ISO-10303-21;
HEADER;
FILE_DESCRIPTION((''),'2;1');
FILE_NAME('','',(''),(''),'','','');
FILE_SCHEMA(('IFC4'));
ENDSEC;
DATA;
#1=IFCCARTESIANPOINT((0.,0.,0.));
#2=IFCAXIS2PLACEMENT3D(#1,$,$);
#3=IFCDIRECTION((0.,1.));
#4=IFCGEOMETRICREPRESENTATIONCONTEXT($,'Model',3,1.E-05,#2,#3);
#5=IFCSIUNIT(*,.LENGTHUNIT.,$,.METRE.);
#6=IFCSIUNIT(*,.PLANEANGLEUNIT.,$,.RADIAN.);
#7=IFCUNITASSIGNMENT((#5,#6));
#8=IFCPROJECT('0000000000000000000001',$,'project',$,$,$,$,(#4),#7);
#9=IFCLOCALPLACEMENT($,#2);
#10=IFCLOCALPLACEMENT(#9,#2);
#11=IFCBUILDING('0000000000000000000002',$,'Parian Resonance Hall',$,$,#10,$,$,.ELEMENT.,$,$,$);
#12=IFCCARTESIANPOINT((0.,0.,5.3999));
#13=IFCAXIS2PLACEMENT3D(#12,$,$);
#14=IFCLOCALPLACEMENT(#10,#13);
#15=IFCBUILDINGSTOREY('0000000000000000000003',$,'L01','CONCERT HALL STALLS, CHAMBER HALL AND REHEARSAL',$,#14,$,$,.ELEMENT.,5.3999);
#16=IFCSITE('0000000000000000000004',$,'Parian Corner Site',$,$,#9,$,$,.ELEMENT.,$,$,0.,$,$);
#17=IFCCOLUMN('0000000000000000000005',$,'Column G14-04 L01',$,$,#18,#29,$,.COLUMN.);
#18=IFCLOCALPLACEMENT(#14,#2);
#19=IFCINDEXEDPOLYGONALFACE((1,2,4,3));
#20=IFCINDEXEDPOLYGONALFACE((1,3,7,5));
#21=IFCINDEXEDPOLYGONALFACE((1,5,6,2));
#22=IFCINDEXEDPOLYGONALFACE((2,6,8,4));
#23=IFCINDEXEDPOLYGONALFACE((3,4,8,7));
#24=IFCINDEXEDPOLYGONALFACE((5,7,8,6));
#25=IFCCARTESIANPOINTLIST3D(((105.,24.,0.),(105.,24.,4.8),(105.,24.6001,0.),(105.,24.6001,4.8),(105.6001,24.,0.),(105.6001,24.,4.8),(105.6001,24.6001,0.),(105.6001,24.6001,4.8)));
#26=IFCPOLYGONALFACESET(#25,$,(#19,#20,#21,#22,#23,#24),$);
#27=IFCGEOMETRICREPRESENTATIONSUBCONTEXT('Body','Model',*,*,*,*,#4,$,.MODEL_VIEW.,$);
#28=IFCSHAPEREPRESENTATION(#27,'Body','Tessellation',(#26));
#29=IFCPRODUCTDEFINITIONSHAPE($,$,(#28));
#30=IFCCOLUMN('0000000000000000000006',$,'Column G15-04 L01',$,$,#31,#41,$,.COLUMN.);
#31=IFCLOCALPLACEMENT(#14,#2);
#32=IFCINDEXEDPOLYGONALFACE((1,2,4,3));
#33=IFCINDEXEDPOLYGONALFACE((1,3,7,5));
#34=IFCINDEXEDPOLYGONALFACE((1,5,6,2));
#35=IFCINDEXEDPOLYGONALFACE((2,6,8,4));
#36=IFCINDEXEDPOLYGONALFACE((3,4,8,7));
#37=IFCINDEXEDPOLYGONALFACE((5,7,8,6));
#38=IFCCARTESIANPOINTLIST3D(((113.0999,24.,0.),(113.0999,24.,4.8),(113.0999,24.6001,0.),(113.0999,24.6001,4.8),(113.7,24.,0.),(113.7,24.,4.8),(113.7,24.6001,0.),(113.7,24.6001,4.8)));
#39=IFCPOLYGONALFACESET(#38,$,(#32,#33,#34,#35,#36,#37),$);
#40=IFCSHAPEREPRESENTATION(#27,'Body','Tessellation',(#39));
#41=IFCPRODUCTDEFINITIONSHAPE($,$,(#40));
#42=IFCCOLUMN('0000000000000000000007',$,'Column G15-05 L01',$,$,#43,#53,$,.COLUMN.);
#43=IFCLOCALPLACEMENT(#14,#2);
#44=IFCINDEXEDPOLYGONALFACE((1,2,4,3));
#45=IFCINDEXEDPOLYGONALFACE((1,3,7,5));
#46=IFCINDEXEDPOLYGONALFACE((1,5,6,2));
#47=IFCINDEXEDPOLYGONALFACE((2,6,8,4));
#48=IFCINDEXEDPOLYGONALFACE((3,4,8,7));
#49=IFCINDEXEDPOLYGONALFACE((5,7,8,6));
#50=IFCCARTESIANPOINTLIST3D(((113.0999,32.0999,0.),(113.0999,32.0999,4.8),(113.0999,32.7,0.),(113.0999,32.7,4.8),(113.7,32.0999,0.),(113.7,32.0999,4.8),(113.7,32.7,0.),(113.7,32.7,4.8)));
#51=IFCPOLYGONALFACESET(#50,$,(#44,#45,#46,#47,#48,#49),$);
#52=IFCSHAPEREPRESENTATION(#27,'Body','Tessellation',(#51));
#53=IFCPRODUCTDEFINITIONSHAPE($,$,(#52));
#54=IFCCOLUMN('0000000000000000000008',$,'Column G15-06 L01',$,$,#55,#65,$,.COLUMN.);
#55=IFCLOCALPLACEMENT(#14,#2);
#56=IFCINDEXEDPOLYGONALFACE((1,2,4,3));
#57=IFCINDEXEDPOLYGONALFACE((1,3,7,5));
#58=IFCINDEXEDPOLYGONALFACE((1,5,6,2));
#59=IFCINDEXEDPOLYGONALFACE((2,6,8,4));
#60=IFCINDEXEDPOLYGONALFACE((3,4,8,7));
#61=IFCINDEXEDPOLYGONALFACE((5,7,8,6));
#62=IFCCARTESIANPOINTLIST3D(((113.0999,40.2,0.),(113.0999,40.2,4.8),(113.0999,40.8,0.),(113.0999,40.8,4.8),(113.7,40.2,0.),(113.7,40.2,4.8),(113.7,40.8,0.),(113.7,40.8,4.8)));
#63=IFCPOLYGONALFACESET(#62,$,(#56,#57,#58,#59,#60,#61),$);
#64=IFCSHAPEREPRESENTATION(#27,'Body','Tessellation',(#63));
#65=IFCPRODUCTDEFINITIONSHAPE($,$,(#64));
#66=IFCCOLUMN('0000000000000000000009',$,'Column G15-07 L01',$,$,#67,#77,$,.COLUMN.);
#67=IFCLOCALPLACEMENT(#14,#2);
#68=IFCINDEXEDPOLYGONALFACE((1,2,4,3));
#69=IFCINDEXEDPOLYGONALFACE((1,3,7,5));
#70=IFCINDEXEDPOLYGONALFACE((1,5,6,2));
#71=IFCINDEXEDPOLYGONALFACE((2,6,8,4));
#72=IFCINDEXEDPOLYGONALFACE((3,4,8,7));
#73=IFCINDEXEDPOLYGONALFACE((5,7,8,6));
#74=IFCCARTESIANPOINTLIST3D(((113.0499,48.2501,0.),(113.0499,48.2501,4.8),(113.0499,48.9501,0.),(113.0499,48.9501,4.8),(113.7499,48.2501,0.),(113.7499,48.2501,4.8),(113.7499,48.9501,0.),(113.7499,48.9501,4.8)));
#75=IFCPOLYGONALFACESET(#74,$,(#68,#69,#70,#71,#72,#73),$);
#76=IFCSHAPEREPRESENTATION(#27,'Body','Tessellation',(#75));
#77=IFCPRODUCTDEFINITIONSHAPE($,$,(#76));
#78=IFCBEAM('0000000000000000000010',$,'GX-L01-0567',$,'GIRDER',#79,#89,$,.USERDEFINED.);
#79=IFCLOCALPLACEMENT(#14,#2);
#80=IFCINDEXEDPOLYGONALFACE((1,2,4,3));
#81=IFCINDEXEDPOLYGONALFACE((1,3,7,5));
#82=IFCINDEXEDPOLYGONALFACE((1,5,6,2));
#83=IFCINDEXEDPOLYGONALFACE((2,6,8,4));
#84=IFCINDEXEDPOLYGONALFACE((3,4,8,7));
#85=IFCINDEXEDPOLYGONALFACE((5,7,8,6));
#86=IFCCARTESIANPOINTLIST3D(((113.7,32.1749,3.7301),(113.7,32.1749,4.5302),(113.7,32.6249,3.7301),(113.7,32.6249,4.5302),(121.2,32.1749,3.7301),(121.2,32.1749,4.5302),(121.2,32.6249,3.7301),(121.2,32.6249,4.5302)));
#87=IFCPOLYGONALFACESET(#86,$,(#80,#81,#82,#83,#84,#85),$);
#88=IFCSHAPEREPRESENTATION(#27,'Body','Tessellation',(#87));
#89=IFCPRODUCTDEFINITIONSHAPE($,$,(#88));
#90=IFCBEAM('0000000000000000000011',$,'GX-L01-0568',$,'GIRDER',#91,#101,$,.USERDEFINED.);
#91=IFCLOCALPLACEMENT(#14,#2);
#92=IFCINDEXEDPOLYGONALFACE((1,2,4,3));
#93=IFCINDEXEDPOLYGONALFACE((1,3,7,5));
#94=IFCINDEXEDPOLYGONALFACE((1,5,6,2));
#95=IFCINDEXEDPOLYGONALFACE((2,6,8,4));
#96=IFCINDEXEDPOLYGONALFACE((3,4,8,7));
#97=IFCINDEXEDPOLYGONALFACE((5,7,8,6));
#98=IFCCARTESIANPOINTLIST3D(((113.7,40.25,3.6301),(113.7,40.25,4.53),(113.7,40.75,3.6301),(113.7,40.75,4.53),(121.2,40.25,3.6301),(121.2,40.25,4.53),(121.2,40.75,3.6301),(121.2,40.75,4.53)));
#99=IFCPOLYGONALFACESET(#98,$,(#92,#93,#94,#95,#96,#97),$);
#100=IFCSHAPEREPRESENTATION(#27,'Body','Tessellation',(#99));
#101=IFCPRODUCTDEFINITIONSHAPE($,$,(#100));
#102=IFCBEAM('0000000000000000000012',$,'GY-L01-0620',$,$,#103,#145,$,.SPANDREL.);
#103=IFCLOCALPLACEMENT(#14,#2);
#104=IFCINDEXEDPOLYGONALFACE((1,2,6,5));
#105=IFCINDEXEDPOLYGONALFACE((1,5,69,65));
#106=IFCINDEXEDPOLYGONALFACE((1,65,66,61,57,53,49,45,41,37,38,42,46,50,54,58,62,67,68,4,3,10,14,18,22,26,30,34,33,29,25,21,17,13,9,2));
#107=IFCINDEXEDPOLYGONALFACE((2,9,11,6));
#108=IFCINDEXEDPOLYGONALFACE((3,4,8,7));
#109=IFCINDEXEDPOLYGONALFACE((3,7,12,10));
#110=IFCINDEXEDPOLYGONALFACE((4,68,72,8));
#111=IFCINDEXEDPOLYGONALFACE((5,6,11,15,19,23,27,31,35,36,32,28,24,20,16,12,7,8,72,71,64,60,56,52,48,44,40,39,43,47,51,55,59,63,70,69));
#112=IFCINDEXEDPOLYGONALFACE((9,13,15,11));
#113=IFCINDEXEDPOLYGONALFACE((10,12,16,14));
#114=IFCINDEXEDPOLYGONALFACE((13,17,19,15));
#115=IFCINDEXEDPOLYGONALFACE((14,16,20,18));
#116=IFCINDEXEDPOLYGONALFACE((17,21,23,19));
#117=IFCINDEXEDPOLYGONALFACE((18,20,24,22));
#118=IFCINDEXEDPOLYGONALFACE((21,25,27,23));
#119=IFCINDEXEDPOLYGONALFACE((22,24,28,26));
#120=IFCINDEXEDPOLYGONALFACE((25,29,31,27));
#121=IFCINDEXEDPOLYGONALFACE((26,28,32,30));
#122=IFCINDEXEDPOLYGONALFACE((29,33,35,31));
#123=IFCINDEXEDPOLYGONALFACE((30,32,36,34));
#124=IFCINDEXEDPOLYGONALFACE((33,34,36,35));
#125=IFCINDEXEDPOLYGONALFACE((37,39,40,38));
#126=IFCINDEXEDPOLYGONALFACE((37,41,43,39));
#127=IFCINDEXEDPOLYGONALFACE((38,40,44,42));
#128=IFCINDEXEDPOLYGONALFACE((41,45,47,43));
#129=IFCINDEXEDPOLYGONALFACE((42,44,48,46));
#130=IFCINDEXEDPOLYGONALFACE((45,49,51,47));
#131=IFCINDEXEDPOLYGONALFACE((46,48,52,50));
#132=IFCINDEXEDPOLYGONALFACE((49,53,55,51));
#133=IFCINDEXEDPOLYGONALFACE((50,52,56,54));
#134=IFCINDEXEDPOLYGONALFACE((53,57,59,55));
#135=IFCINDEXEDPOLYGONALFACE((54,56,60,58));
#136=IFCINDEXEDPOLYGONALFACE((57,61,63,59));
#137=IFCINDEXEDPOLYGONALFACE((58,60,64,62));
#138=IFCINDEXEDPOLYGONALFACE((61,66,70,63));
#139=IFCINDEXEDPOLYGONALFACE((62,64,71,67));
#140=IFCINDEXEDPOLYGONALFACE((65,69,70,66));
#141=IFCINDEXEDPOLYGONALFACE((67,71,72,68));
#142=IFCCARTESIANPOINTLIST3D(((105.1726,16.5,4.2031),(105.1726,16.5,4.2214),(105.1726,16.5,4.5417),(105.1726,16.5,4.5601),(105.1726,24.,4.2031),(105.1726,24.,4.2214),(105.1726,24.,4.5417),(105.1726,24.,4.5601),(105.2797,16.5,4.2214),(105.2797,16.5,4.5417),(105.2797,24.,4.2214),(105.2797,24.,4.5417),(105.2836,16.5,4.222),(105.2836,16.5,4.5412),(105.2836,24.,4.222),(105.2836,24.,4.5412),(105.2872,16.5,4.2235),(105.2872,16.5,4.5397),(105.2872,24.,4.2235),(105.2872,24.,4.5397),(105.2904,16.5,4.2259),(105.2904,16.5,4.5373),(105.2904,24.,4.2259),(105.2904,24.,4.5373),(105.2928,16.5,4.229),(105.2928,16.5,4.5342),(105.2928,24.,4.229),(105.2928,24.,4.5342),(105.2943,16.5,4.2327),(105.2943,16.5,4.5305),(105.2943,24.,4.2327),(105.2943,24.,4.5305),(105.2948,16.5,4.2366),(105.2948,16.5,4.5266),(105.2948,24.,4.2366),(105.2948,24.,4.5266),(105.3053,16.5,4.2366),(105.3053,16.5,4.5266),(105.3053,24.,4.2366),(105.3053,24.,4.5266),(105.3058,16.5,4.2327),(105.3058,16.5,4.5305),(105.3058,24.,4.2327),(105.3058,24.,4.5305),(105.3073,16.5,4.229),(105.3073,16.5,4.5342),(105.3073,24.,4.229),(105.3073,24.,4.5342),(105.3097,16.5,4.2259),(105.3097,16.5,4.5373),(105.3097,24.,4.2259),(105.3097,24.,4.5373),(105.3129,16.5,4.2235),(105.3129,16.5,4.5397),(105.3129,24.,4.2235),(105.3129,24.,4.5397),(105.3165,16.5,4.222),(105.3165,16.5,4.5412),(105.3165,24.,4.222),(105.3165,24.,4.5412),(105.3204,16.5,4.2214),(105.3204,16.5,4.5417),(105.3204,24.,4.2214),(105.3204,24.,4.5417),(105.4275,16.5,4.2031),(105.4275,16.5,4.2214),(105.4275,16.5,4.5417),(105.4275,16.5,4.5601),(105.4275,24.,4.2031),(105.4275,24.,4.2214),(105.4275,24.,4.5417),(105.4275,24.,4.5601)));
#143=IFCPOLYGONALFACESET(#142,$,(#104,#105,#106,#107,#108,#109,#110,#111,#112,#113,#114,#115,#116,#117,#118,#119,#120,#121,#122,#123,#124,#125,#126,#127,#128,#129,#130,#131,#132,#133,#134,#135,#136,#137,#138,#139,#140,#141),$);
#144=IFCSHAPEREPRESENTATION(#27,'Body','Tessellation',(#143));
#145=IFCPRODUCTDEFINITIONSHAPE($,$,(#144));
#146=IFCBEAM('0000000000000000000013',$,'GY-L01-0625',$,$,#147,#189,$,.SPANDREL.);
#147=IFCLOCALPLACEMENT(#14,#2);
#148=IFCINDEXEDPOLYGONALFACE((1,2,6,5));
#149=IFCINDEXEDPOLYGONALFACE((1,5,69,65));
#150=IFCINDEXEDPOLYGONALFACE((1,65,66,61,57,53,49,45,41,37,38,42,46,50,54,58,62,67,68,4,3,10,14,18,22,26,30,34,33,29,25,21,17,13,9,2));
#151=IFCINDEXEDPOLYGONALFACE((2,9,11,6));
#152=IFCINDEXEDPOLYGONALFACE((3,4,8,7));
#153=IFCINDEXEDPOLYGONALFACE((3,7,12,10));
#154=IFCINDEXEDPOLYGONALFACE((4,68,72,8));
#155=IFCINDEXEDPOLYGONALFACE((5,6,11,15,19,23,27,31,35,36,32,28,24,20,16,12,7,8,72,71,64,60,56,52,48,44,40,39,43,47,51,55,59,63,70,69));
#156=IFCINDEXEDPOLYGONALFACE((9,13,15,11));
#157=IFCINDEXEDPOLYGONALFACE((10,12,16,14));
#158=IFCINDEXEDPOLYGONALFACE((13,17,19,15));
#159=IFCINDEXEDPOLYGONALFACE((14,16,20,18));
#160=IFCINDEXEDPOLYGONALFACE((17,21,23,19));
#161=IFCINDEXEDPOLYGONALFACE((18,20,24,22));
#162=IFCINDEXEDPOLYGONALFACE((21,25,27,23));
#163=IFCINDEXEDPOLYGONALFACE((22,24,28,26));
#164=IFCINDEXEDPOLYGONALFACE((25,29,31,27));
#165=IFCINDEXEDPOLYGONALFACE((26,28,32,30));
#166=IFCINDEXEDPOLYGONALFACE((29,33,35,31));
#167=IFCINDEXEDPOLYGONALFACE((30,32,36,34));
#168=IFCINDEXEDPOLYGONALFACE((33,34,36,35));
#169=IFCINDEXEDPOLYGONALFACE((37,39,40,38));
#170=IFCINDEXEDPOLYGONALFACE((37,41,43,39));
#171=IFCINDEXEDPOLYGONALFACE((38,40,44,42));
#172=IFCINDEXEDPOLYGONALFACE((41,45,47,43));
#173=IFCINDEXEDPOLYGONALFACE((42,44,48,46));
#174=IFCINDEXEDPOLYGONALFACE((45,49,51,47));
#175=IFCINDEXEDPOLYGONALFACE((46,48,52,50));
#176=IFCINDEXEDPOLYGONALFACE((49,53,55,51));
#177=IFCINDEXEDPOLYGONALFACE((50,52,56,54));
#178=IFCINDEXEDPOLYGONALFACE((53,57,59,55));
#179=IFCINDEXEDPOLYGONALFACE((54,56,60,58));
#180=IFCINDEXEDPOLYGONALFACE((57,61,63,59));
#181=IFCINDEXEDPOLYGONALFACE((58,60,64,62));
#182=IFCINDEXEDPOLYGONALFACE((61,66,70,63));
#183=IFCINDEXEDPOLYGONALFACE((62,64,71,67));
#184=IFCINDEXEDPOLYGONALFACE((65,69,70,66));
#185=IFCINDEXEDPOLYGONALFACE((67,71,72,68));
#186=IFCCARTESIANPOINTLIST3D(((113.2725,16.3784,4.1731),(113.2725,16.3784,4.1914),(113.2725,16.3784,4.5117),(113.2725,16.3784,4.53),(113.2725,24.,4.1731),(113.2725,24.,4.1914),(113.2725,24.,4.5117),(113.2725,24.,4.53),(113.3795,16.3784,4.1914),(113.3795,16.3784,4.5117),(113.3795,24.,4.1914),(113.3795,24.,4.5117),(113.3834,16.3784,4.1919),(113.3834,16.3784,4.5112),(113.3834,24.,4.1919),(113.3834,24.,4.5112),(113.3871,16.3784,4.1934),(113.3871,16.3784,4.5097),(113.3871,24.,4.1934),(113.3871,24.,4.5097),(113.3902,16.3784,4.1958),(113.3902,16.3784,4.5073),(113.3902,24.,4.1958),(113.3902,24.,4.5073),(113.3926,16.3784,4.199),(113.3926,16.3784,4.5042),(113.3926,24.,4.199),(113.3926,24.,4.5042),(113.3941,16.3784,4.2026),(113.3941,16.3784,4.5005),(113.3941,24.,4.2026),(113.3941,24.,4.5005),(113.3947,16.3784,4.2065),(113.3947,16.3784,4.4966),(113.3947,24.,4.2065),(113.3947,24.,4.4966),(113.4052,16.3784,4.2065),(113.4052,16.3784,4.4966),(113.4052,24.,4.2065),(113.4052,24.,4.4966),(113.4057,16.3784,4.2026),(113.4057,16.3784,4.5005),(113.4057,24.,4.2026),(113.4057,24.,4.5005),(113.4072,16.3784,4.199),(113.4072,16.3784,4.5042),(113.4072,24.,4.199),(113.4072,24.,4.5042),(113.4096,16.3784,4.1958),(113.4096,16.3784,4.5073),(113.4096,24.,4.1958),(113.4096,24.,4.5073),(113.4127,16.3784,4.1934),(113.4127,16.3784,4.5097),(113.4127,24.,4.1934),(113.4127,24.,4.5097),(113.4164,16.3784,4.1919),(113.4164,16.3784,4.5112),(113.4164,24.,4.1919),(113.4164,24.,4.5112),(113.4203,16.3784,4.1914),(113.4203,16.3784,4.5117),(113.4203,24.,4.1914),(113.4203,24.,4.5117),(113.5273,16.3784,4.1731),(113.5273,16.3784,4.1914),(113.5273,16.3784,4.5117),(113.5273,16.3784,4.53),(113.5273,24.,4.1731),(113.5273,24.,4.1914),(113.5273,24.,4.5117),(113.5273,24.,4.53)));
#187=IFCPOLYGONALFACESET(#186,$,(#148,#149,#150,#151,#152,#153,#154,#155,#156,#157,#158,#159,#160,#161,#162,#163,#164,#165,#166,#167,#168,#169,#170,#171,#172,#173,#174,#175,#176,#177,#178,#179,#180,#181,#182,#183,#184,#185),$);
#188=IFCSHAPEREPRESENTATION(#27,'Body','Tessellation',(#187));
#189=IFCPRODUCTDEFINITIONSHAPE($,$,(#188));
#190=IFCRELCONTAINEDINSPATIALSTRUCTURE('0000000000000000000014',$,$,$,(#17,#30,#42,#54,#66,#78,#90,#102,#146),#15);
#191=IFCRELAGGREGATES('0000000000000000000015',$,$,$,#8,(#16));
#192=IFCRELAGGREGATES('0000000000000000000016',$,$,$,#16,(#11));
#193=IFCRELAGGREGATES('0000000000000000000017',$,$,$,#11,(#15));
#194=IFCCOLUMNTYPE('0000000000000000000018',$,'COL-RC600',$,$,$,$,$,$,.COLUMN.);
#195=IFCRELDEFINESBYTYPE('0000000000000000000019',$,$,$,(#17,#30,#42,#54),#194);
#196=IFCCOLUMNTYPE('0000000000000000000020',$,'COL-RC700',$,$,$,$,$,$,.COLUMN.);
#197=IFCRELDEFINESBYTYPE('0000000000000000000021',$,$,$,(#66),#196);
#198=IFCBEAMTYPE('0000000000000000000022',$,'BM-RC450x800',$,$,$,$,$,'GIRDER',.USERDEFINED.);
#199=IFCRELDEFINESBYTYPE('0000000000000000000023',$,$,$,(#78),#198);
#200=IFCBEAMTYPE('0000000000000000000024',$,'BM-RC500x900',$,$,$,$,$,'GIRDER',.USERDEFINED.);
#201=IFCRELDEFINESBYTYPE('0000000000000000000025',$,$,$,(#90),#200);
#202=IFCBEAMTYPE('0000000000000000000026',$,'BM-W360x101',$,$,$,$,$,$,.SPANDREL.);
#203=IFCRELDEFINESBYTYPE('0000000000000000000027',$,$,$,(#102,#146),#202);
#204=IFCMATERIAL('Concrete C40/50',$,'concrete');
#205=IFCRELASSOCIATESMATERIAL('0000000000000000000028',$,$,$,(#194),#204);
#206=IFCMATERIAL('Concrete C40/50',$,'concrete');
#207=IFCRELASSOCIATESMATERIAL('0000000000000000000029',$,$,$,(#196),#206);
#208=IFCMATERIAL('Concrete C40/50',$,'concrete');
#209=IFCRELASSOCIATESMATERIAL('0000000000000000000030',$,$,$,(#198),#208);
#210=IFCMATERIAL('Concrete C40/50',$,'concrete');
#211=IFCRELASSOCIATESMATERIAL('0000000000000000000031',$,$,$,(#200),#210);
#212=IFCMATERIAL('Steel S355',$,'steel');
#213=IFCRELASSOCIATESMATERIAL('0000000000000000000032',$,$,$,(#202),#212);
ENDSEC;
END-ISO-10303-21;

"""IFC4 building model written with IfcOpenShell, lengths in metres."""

from ifc_helpers import new_model, si_unit, direction, frame, origin, origin_2d, place, context, subcontext, project, spatial, rectangle, i_section, extrude, material, material_profile, profile_set, type_object, element, save


model = new_model("IFC4")

# Units and contexts
model_context = context("Model", 3, precision=1e-05, world=origin(), true_north=direction((0.0, 1.0)))
body_context = subcontext(model_context, "Body", "Model", "MODEL_VIEW")
ifc_project = project(units=[si_unit("LENGTHUNIT", "METRE"), si_unit("PLANEANGLEUNIT", "RADIAN")], contexts=[model_context])

# Site, building, storey
site_placement = place(None, origin())
site = spatial("IfcSite", under=ifc_project, at=site_placement, Name="Parian Corner Site", CompositionType="ELEMENT", RefElevation=0.0)
building_placement = place(site_placement, origin())
building = spatial("IfcBuilding", under=site, at=building_placement, Name="Parian Resonance Hall", CompositionType="ELEMENT")
storey_placement = place(building_placement, frame((0.0, 0.0, 5.3999)))
storey = spatial("IfcBuildingStorey", under=building, at=storey_placement, Name="L01", Description="CONCERT HALL STALLS, CHAMBER HALL AND REHEARSAL", CompositionType="ELEMENT", Elevation=5.3999)

# Columns
ifc_material_1 = material(Name="Concrete C40/50", Category="concrete")
ifc_material_profile_1 = material_profile(ifc_material_1, rectangle(XDim=0.6001, YDim=0.6001, at=origin_2d()), Name="RC-COL-600x600")
ifc_profile_set_1 = profile_set([ifc_material_profile_1], Name="Concrete C40/50")
column_type_1 = type_object("IfcColumnType", Name="COL-RC600", PredefinedType="COLUMN", material=ifc_profile_set_1)
for number, where, z_axis, x_axis, name in (
    (1, (105.3, 24.3, 0.0), (0.0, 0.0, 1.0), (1.0, 0.0, 0.0), "Column G14-04 L01"),
    (2, (113.3999, 24.3, 0.0), (0.0, 0.0, 1.0), (1.0, 0.0, 0.0), "Column G15-04 L01"),
    (3, (113.3999, 32.3999, 0.0), (0.0, 0.0, 1.0), (1.0, 0.0, 0.0), "Column G15-05 L01"),
    (4, (113.3999, 40.5, 0.0), (0.0, 0.0, 1.0), (1.0, 0.0, 0.0), "Column G15-06 L01"),
):
    element("IfcColumn", number, at=place(storey_placement, frame(where, z_axis=z_axis, x_axis=x_axis)), inside=storey, type_object=column_type_1, Name=name, PredefinedType="COLUMN", context=body_context, shape_type="SweptSolid", body=[
        extrude(rectangle(XDim=0.6001, YDim=0.6001, at=origin_2d()), origin(), (0.0, 0.0, 1.0), 4.8),
    ])
ifc_material_2 = material(Name="Concrete C40/50", Category="concrete")
ifc_material_profile_2 = material_profile(ifc_material_2, rectangle(XDim=0.7, YDim=0.7, at=origin_2d()), Name="RC-COL-700x700")
ifc_profile_set_2 = profile_set([ifc_material_profile_2], Name="Concrete C40/50")
column_type_2 = type_object("IfcColumnType", Name="COL-RC700", PredefinedType="COLUMN", material=ifc_profile_set_2)
column_placement = place(storey_placement, frame((113.3999, 48.6001, 0.0), z_axis=(0.0, 0.0, 1.0), x_axis=(1.0, 0.0, 0.0)))
element("IfcColumn", 5, at=column_placement, inside=storey, type_object=column_type_2, Name="Column G15-07 L01", PredefinedType="COLUMN", context=body_context, shape_type="SweptSolid", body=[
    extrude(rectangle(XDim=0.7, YDim=0.7, at=origin_2d()), origin(), (0.0, 0.0, 1.0), 4.8),
])

# Beams
ifc_material_3 = material(Name="Concrete C40/50", Category="concrete")
ifc_material_profile_3 = material_profile(ifc_material_3, rectangle(XDim=0.45, YDim=0.8, at=origin_2d()), Name="RC-BM-450x800")
ifc_profile_set_3 = profile_set([ifc_material_profile_3], Name="Concrete C40/50")
beam_type_1 = type_object("IfcBeamType", Name="BM-RC450x800", ElementType="GIRDER", PredefinedType="USERDEFINED", material=ifc_profile_set_3)
beam_1_placement = place(storey_placement, frame((113.7, 32.3999, 4.1301), z_axis=(1.0, 0.0, 0.0), x_axis=(0.0, 1.0, 0.0)))
element("IfcBeam", 6, at=beam_1_placement, inside=storey, type_object=beam_type_1, Name="GX-L01-0567", ObjectType="GIRDER", PredefinedType="USERDEFINED", context=body_context, shape_type="SweptSolid", body=[
    extrude(rectangle(XDim=0.45, YDim=0.8, at=origin_2d()), origin(), (0.0, 0.0, 1.0), 7.5),
])
ifc_material_4 = material(Name="Concrete C40/50", Category="concrete")
ifc_material_profile_4 = material_profile(ifc_material_4, rectangle(XDim=0.5, YDim=0.8999, at=origin_2d()), Name="RC-BM-500x900")
ifc_profile_set_4 = profile_set([ifc_material_profile_4], Name="Concrete C40/50")
beam_type_2 = type_object("IfcBeamType", Name="BM-RC500x900", ElementType="GIRDER", PredefinedType="USERDEFINED", material=ifc_profile_set_4)
beam_2_placement = place(storey_placement, frame((113.7, 40.5, 4.0801), z_axis=(1.0, 0.0, 0.0), x_axis=(0.0, 1.0, 0.0)))
element("IfcBeam", 7, at=beam_2_placement, inside=storey, type_object=beam_type_2, Name="GX-L01-0568", ObjectType="GIRDER", PredefinedType="USERDEFINED", context=body_context, shape_type="SweptSolid", body=[
    extrude(rectangle(XDim=0.5, YDim=0.8999, at=origin_2d()), origin(), (0.0, 0.0, 1.0), 7.5),
])
ifc_material_5 = material(Name="Steel S355", Category="steel")
ifc_material_profile_5 = material_profile(ifc_material_5, i_section(OverallWidth=0.2549, OverallDepth=0.3569, WebThickness=0.0105, FlangeThickness=0.0183, FilletRadius=0.0151, at=origin_2d()), Name="W360x101")
ifc_profile_set_5 = profile_set([ifc_material_profile_5], Name="Steel S355")
beam_type_3 = type_object("IfcBeamType", Name="BM-W360x101", PredefinedType="SPANDREL", material=ifc_profile_set_5)
beam_3_placement = place(storey_placement, frame((105.3, 16.5, 4.3816), z_axis=(0.0, 1.0, 0.0), x_axis=(-1.0, 0.0, 0.0)))
element("IfcBeam", 8, at=beam_3_placement, inside=storey, type_object=beam_type_3, Name="GY-L01-0620", PredefinedType="SPANDREL", context=body_context, shape_type="SweptSolid", body=[
    extrude(i_section(OverallWidth=0.2549, OverallDepth=0.3569, WebThickness=0.0105, FlangeThickness=0.0183, FilletRadius=0.0151, at=origin_2d()), origin(), (0.0, 0.0, 1.0), 7.5),
])
beam_4_placement = place(storey_placement, frame((113.3999, 16.3784, 4.3516), z_axis=(0.0, 1.0, 0.0), x_axis=(-1.0, 0.0, 0.0)))
element("IfcBeam", 9, at=beam_4_placement, inside=storey, type_object=beam_type_3, Name="GY-L01-0625", PredefinedType="SPANDREL", context=body_context, shape_type="SweptSolid", body=[
    extrude(i_section(OverallWidth=0.2549, OverallDepth=0.3569, WebThickness=0.0105, FlangeThickness=0.0183, FilletRadius=0.0151, at=origin_2d()), origin(), (0.0, 0.0, 1.0), 7.6216),
])

save(model, "model.ifc")
